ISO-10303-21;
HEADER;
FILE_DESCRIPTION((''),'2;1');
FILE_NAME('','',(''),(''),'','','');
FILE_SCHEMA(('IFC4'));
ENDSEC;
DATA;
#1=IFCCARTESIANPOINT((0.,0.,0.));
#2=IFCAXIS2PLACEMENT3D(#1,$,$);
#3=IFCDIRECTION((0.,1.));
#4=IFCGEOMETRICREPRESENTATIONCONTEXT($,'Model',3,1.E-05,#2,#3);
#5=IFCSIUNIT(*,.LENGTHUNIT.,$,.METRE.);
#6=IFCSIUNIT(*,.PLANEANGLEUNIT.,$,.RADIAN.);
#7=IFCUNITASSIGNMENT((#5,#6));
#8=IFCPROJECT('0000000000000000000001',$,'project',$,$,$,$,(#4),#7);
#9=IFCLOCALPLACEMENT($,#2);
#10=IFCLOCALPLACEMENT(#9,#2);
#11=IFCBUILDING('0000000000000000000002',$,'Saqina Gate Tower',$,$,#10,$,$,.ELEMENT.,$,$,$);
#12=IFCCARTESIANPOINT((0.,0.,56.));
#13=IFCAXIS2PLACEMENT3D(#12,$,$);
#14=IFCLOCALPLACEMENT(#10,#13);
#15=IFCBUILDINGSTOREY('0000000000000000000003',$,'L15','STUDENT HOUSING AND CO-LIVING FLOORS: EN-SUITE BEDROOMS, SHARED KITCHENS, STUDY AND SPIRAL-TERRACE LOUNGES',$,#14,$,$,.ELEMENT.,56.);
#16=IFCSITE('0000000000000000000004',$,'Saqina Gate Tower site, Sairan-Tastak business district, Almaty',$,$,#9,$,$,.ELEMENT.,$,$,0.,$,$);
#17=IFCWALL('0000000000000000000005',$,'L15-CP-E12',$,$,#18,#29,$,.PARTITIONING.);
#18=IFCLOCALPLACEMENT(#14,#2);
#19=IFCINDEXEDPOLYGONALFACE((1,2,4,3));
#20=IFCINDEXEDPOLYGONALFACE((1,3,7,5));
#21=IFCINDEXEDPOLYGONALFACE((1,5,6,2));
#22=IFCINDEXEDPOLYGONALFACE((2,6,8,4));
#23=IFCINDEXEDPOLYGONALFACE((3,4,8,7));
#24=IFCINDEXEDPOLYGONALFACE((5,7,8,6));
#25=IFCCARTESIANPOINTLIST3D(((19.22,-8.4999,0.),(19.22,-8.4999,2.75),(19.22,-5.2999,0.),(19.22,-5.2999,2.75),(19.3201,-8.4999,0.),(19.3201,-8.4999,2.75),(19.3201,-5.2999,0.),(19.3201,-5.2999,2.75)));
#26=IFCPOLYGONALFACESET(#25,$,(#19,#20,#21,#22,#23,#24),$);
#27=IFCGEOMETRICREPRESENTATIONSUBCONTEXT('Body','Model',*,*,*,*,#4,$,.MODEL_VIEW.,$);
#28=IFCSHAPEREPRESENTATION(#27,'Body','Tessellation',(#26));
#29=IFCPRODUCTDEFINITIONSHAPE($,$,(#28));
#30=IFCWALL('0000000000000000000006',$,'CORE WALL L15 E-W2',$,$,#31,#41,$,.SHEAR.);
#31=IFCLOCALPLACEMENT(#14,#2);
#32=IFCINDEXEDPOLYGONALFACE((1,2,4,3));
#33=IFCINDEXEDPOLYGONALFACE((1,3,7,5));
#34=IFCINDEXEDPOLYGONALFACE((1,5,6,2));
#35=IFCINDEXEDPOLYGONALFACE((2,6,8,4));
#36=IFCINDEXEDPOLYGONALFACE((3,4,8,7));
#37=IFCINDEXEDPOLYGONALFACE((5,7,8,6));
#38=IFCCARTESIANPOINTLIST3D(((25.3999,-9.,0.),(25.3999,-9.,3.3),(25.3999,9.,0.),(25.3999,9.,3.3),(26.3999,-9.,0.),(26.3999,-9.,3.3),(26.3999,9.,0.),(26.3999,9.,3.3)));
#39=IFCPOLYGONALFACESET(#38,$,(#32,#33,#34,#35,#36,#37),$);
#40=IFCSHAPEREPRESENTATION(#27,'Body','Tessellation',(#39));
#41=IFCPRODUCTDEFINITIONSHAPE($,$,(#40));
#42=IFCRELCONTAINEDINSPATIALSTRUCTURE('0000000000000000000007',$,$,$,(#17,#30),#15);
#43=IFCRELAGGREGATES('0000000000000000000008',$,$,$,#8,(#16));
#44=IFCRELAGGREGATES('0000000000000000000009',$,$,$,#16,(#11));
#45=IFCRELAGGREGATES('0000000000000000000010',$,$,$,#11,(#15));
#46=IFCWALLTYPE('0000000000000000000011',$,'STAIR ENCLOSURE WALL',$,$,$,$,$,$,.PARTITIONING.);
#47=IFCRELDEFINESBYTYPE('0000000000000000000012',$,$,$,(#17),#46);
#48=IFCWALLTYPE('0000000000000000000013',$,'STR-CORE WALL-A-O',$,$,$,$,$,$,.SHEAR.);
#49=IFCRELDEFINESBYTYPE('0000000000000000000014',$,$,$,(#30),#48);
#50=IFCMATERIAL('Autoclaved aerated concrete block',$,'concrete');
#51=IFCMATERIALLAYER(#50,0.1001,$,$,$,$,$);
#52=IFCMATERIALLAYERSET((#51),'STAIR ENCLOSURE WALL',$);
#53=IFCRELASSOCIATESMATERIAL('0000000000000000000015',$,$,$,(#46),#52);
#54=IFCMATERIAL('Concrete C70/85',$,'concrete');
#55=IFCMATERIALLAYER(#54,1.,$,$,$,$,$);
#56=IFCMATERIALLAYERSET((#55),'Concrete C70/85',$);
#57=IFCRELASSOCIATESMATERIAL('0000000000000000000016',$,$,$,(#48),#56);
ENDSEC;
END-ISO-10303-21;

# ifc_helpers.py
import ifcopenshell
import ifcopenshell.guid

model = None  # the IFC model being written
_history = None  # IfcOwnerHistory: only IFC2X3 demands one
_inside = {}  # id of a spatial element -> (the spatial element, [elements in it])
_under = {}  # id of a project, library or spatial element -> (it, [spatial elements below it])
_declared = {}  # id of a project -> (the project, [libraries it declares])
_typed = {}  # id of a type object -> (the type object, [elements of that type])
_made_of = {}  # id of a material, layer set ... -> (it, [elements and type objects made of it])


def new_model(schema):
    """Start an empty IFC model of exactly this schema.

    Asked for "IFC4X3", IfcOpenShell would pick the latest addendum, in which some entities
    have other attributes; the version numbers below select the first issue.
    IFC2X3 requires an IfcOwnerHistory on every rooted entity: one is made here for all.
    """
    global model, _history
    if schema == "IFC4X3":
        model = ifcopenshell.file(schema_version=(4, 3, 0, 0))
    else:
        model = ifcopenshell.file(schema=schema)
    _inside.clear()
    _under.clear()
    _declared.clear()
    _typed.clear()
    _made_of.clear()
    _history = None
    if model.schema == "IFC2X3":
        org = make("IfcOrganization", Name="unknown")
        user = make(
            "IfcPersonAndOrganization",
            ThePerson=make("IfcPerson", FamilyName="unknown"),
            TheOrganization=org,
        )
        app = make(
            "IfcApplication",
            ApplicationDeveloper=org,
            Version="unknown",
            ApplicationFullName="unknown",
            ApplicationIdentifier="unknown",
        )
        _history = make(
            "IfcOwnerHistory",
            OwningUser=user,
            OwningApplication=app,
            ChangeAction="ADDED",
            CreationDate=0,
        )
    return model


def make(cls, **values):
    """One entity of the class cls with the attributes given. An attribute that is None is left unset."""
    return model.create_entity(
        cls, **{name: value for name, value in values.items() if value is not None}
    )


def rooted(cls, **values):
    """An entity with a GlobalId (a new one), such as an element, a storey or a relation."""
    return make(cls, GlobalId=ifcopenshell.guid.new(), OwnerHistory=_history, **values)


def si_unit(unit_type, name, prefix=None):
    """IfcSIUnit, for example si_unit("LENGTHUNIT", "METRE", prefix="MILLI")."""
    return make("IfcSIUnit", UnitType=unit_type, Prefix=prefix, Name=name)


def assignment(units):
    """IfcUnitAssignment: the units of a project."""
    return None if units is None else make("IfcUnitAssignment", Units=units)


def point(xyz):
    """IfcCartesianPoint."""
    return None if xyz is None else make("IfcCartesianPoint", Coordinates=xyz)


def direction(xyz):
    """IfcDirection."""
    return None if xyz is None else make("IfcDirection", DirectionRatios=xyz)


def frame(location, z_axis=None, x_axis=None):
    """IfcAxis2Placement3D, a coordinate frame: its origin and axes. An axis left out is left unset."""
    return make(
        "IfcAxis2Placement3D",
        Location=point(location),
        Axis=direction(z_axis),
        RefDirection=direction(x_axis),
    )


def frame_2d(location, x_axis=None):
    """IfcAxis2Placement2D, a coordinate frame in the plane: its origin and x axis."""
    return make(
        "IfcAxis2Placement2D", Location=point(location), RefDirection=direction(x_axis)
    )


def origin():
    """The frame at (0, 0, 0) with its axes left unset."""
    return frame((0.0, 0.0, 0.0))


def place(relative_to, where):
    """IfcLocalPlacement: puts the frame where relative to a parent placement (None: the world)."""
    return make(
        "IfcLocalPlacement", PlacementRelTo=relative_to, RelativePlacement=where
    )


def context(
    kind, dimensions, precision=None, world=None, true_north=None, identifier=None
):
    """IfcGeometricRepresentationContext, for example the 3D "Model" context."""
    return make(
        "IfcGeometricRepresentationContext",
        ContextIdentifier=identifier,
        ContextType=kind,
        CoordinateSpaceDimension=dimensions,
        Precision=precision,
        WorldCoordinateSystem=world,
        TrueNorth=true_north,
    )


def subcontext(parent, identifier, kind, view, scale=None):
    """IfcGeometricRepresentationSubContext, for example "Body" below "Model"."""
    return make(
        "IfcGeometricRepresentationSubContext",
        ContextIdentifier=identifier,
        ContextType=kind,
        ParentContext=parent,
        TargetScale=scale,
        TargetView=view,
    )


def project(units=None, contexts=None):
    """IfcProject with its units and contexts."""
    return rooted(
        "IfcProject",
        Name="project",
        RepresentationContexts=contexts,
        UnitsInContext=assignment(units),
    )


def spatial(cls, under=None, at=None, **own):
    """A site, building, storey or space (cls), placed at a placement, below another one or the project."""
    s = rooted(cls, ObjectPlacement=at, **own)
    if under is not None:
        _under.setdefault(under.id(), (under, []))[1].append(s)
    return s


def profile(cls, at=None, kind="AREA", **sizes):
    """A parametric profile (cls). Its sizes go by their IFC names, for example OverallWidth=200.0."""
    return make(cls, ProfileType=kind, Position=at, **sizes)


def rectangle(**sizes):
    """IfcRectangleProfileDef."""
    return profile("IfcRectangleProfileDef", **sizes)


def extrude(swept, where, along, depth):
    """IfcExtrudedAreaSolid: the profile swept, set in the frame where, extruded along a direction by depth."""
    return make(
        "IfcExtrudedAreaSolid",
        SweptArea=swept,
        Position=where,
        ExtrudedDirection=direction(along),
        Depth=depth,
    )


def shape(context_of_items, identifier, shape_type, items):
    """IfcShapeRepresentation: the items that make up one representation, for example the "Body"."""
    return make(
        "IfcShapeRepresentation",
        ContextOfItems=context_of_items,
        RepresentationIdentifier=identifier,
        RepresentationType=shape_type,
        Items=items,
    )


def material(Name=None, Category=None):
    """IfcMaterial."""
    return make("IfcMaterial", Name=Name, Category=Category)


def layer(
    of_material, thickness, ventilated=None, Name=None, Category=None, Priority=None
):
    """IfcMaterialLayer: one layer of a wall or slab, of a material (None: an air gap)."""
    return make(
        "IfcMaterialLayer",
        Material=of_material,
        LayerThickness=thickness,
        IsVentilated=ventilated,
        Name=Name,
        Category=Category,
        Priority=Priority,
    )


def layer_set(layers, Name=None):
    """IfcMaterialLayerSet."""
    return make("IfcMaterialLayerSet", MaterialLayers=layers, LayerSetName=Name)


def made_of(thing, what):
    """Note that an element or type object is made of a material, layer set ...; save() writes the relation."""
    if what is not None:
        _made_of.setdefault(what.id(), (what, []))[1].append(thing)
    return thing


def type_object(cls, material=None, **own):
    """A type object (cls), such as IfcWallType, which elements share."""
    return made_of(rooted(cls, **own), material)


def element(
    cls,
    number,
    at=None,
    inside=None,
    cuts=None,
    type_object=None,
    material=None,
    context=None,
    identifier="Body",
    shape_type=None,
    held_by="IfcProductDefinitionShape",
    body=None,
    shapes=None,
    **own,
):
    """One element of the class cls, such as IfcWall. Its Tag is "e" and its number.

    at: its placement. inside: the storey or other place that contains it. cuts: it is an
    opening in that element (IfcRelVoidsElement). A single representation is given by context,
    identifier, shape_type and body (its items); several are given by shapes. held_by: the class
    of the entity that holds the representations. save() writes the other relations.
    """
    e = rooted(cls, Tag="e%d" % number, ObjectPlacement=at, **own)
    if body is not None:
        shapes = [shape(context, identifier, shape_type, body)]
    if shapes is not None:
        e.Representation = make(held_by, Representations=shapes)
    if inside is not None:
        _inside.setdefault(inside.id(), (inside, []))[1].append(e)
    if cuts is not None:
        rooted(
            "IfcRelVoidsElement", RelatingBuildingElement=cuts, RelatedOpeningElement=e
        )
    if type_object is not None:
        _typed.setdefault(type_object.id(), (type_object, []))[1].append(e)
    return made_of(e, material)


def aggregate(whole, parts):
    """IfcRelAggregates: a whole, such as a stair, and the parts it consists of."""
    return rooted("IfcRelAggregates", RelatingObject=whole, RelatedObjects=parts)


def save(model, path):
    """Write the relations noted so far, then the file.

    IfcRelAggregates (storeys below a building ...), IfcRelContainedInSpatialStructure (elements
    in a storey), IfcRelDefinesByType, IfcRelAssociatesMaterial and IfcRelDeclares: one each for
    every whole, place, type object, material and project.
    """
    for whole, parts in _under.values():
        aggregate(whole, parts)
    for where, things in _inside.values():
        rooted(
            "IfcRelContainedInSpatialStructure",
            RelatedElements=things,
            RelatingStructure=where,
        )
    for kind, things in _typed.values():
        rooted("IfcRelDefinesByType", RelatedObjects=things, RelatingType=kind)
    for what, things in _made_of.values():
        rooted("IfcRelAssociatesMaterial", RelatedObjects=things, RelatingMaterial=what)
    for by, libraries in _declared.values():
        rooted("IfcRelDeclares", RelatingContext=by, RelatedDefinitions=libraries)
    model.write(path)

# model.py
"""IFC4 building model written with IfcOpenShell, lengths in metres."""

from ifc_helpers import new_model, si_unit, direction, frame, frame_2d, origin, place, context, subcontext, project, spatial, rectangle, extrude, material, layer, layer_set, type_object, element, save


model = new_model("IFC4")

# Units and contexts
model_context = context("Model", 3, precision=1e-05, world=origin(), true_north=direction((0.0, 1.0)))
body_context = subcontext(model_context, "Body", "Model", "MODEL_VIEW")
ifc_project = project(units=[si_unit("LENGTHUNIT", "METRE"), si_unit("PLANEANGLEUNIT", "RADIAN")], contexts=[model_context])

# Site, building, storey
site_placement = place(None, origin())
site = spatial("IfcSite", under=ifc_project, at=site_placement, Name="Saqina Gate Tower site, Sairan-Tastak business district, Almaty", CompositionType="ELEMENT", RefElevation=0.0)
building_placement = place(site_placement, origin())
building = spatial("IfcBuilding", under=site, at=building_placement, Name="Saqina Gate Tower", CompositionType="ELEMENT")
storey_placement = place(building_placement, frame((0.0, 0.0, 56.0)))
storey = spatial("IfcBuildingStorey", under=building, at=storey_placement, Name="L15", Description="STUDENT HOUSING AND CO-LIVING FLOORS: EN-SUITE BEDROOMS, SHARED KITCHENS, STUDY AND SPIRAL-TERRACE LOUNGES", CompositionType="ELEMENT", Elevation=56.0)

# Walls
ifc_material_1 = material(Name="Autoclaved aerated concrete block", Category="concrete")
ifc_layer_1 = layer(ifc_material_1, 0.1001)
ifc_layer_set_1 = layer_set([ifc_layer_1], Name="STAIR ENCLOSURE WALL")
wall_type_1 = type_object("IfcWallType", Name="STAIR ENCLOSURE WALL", PredefinedType="PARTITIONING", material=ifc_layer_set_1)
wall_1_placement = place(storey_placement, frame((19.27, -8.5, 0.0), z_axis=(0.0, 0.0, 1.0), x_axis=(0.0, 1.0, 0.0)))
element("IfcWall", 1, at=wall_1_placement, inside=storey, type_object=wall_type_1, Name="L15-CP-E12", PredefinedType="PARTITIONING", context=body_context, shape_type="SweptSolid", body=[
    extrude(rectangle(XDim=3.2, YDim=0.1001, at=frame_2d((1.6001, 0.0))), origin(), (0.0, 0.0, 1.0), 2.75),
])
ifc_material_2 = material(Name="Concrete C70/85", Category="concrete")
ifc_layer_2 = layer(ifc_material_2, 1.0)
ifc_layer_set_2 = layer_set([ifc_layer_2], Name="Concrete C70/85")
wall_type_2 = type_object("IfcWallType", Name="STR-CORE WALL-A-O", PredefinedType="SHEAR", material=ifc_layer_set_2)
wall_2_placement = place(storey_placement, frame((25.8999, -9.0, 0.0), z_axis=(0.0, 0.0, 1.0), x_axis=(0.0, 1.0, 0.0)))
element("IfcWall", 2, at=wall_2_placement, inside=storey, type_object=wall_type_2, Name="CORE WALL L15 E-W2", PredefinedType="SHEAR", context=body_context, shape_type="SweptSolid", body=[
    extrude(rectangle(XDim=18.0, YDim=1.0, at=frame_2d((9.0, 0.0))), origin(), (0.0, 0.0, 1.0), 3.3),
])

save(model, "model.ifc")
